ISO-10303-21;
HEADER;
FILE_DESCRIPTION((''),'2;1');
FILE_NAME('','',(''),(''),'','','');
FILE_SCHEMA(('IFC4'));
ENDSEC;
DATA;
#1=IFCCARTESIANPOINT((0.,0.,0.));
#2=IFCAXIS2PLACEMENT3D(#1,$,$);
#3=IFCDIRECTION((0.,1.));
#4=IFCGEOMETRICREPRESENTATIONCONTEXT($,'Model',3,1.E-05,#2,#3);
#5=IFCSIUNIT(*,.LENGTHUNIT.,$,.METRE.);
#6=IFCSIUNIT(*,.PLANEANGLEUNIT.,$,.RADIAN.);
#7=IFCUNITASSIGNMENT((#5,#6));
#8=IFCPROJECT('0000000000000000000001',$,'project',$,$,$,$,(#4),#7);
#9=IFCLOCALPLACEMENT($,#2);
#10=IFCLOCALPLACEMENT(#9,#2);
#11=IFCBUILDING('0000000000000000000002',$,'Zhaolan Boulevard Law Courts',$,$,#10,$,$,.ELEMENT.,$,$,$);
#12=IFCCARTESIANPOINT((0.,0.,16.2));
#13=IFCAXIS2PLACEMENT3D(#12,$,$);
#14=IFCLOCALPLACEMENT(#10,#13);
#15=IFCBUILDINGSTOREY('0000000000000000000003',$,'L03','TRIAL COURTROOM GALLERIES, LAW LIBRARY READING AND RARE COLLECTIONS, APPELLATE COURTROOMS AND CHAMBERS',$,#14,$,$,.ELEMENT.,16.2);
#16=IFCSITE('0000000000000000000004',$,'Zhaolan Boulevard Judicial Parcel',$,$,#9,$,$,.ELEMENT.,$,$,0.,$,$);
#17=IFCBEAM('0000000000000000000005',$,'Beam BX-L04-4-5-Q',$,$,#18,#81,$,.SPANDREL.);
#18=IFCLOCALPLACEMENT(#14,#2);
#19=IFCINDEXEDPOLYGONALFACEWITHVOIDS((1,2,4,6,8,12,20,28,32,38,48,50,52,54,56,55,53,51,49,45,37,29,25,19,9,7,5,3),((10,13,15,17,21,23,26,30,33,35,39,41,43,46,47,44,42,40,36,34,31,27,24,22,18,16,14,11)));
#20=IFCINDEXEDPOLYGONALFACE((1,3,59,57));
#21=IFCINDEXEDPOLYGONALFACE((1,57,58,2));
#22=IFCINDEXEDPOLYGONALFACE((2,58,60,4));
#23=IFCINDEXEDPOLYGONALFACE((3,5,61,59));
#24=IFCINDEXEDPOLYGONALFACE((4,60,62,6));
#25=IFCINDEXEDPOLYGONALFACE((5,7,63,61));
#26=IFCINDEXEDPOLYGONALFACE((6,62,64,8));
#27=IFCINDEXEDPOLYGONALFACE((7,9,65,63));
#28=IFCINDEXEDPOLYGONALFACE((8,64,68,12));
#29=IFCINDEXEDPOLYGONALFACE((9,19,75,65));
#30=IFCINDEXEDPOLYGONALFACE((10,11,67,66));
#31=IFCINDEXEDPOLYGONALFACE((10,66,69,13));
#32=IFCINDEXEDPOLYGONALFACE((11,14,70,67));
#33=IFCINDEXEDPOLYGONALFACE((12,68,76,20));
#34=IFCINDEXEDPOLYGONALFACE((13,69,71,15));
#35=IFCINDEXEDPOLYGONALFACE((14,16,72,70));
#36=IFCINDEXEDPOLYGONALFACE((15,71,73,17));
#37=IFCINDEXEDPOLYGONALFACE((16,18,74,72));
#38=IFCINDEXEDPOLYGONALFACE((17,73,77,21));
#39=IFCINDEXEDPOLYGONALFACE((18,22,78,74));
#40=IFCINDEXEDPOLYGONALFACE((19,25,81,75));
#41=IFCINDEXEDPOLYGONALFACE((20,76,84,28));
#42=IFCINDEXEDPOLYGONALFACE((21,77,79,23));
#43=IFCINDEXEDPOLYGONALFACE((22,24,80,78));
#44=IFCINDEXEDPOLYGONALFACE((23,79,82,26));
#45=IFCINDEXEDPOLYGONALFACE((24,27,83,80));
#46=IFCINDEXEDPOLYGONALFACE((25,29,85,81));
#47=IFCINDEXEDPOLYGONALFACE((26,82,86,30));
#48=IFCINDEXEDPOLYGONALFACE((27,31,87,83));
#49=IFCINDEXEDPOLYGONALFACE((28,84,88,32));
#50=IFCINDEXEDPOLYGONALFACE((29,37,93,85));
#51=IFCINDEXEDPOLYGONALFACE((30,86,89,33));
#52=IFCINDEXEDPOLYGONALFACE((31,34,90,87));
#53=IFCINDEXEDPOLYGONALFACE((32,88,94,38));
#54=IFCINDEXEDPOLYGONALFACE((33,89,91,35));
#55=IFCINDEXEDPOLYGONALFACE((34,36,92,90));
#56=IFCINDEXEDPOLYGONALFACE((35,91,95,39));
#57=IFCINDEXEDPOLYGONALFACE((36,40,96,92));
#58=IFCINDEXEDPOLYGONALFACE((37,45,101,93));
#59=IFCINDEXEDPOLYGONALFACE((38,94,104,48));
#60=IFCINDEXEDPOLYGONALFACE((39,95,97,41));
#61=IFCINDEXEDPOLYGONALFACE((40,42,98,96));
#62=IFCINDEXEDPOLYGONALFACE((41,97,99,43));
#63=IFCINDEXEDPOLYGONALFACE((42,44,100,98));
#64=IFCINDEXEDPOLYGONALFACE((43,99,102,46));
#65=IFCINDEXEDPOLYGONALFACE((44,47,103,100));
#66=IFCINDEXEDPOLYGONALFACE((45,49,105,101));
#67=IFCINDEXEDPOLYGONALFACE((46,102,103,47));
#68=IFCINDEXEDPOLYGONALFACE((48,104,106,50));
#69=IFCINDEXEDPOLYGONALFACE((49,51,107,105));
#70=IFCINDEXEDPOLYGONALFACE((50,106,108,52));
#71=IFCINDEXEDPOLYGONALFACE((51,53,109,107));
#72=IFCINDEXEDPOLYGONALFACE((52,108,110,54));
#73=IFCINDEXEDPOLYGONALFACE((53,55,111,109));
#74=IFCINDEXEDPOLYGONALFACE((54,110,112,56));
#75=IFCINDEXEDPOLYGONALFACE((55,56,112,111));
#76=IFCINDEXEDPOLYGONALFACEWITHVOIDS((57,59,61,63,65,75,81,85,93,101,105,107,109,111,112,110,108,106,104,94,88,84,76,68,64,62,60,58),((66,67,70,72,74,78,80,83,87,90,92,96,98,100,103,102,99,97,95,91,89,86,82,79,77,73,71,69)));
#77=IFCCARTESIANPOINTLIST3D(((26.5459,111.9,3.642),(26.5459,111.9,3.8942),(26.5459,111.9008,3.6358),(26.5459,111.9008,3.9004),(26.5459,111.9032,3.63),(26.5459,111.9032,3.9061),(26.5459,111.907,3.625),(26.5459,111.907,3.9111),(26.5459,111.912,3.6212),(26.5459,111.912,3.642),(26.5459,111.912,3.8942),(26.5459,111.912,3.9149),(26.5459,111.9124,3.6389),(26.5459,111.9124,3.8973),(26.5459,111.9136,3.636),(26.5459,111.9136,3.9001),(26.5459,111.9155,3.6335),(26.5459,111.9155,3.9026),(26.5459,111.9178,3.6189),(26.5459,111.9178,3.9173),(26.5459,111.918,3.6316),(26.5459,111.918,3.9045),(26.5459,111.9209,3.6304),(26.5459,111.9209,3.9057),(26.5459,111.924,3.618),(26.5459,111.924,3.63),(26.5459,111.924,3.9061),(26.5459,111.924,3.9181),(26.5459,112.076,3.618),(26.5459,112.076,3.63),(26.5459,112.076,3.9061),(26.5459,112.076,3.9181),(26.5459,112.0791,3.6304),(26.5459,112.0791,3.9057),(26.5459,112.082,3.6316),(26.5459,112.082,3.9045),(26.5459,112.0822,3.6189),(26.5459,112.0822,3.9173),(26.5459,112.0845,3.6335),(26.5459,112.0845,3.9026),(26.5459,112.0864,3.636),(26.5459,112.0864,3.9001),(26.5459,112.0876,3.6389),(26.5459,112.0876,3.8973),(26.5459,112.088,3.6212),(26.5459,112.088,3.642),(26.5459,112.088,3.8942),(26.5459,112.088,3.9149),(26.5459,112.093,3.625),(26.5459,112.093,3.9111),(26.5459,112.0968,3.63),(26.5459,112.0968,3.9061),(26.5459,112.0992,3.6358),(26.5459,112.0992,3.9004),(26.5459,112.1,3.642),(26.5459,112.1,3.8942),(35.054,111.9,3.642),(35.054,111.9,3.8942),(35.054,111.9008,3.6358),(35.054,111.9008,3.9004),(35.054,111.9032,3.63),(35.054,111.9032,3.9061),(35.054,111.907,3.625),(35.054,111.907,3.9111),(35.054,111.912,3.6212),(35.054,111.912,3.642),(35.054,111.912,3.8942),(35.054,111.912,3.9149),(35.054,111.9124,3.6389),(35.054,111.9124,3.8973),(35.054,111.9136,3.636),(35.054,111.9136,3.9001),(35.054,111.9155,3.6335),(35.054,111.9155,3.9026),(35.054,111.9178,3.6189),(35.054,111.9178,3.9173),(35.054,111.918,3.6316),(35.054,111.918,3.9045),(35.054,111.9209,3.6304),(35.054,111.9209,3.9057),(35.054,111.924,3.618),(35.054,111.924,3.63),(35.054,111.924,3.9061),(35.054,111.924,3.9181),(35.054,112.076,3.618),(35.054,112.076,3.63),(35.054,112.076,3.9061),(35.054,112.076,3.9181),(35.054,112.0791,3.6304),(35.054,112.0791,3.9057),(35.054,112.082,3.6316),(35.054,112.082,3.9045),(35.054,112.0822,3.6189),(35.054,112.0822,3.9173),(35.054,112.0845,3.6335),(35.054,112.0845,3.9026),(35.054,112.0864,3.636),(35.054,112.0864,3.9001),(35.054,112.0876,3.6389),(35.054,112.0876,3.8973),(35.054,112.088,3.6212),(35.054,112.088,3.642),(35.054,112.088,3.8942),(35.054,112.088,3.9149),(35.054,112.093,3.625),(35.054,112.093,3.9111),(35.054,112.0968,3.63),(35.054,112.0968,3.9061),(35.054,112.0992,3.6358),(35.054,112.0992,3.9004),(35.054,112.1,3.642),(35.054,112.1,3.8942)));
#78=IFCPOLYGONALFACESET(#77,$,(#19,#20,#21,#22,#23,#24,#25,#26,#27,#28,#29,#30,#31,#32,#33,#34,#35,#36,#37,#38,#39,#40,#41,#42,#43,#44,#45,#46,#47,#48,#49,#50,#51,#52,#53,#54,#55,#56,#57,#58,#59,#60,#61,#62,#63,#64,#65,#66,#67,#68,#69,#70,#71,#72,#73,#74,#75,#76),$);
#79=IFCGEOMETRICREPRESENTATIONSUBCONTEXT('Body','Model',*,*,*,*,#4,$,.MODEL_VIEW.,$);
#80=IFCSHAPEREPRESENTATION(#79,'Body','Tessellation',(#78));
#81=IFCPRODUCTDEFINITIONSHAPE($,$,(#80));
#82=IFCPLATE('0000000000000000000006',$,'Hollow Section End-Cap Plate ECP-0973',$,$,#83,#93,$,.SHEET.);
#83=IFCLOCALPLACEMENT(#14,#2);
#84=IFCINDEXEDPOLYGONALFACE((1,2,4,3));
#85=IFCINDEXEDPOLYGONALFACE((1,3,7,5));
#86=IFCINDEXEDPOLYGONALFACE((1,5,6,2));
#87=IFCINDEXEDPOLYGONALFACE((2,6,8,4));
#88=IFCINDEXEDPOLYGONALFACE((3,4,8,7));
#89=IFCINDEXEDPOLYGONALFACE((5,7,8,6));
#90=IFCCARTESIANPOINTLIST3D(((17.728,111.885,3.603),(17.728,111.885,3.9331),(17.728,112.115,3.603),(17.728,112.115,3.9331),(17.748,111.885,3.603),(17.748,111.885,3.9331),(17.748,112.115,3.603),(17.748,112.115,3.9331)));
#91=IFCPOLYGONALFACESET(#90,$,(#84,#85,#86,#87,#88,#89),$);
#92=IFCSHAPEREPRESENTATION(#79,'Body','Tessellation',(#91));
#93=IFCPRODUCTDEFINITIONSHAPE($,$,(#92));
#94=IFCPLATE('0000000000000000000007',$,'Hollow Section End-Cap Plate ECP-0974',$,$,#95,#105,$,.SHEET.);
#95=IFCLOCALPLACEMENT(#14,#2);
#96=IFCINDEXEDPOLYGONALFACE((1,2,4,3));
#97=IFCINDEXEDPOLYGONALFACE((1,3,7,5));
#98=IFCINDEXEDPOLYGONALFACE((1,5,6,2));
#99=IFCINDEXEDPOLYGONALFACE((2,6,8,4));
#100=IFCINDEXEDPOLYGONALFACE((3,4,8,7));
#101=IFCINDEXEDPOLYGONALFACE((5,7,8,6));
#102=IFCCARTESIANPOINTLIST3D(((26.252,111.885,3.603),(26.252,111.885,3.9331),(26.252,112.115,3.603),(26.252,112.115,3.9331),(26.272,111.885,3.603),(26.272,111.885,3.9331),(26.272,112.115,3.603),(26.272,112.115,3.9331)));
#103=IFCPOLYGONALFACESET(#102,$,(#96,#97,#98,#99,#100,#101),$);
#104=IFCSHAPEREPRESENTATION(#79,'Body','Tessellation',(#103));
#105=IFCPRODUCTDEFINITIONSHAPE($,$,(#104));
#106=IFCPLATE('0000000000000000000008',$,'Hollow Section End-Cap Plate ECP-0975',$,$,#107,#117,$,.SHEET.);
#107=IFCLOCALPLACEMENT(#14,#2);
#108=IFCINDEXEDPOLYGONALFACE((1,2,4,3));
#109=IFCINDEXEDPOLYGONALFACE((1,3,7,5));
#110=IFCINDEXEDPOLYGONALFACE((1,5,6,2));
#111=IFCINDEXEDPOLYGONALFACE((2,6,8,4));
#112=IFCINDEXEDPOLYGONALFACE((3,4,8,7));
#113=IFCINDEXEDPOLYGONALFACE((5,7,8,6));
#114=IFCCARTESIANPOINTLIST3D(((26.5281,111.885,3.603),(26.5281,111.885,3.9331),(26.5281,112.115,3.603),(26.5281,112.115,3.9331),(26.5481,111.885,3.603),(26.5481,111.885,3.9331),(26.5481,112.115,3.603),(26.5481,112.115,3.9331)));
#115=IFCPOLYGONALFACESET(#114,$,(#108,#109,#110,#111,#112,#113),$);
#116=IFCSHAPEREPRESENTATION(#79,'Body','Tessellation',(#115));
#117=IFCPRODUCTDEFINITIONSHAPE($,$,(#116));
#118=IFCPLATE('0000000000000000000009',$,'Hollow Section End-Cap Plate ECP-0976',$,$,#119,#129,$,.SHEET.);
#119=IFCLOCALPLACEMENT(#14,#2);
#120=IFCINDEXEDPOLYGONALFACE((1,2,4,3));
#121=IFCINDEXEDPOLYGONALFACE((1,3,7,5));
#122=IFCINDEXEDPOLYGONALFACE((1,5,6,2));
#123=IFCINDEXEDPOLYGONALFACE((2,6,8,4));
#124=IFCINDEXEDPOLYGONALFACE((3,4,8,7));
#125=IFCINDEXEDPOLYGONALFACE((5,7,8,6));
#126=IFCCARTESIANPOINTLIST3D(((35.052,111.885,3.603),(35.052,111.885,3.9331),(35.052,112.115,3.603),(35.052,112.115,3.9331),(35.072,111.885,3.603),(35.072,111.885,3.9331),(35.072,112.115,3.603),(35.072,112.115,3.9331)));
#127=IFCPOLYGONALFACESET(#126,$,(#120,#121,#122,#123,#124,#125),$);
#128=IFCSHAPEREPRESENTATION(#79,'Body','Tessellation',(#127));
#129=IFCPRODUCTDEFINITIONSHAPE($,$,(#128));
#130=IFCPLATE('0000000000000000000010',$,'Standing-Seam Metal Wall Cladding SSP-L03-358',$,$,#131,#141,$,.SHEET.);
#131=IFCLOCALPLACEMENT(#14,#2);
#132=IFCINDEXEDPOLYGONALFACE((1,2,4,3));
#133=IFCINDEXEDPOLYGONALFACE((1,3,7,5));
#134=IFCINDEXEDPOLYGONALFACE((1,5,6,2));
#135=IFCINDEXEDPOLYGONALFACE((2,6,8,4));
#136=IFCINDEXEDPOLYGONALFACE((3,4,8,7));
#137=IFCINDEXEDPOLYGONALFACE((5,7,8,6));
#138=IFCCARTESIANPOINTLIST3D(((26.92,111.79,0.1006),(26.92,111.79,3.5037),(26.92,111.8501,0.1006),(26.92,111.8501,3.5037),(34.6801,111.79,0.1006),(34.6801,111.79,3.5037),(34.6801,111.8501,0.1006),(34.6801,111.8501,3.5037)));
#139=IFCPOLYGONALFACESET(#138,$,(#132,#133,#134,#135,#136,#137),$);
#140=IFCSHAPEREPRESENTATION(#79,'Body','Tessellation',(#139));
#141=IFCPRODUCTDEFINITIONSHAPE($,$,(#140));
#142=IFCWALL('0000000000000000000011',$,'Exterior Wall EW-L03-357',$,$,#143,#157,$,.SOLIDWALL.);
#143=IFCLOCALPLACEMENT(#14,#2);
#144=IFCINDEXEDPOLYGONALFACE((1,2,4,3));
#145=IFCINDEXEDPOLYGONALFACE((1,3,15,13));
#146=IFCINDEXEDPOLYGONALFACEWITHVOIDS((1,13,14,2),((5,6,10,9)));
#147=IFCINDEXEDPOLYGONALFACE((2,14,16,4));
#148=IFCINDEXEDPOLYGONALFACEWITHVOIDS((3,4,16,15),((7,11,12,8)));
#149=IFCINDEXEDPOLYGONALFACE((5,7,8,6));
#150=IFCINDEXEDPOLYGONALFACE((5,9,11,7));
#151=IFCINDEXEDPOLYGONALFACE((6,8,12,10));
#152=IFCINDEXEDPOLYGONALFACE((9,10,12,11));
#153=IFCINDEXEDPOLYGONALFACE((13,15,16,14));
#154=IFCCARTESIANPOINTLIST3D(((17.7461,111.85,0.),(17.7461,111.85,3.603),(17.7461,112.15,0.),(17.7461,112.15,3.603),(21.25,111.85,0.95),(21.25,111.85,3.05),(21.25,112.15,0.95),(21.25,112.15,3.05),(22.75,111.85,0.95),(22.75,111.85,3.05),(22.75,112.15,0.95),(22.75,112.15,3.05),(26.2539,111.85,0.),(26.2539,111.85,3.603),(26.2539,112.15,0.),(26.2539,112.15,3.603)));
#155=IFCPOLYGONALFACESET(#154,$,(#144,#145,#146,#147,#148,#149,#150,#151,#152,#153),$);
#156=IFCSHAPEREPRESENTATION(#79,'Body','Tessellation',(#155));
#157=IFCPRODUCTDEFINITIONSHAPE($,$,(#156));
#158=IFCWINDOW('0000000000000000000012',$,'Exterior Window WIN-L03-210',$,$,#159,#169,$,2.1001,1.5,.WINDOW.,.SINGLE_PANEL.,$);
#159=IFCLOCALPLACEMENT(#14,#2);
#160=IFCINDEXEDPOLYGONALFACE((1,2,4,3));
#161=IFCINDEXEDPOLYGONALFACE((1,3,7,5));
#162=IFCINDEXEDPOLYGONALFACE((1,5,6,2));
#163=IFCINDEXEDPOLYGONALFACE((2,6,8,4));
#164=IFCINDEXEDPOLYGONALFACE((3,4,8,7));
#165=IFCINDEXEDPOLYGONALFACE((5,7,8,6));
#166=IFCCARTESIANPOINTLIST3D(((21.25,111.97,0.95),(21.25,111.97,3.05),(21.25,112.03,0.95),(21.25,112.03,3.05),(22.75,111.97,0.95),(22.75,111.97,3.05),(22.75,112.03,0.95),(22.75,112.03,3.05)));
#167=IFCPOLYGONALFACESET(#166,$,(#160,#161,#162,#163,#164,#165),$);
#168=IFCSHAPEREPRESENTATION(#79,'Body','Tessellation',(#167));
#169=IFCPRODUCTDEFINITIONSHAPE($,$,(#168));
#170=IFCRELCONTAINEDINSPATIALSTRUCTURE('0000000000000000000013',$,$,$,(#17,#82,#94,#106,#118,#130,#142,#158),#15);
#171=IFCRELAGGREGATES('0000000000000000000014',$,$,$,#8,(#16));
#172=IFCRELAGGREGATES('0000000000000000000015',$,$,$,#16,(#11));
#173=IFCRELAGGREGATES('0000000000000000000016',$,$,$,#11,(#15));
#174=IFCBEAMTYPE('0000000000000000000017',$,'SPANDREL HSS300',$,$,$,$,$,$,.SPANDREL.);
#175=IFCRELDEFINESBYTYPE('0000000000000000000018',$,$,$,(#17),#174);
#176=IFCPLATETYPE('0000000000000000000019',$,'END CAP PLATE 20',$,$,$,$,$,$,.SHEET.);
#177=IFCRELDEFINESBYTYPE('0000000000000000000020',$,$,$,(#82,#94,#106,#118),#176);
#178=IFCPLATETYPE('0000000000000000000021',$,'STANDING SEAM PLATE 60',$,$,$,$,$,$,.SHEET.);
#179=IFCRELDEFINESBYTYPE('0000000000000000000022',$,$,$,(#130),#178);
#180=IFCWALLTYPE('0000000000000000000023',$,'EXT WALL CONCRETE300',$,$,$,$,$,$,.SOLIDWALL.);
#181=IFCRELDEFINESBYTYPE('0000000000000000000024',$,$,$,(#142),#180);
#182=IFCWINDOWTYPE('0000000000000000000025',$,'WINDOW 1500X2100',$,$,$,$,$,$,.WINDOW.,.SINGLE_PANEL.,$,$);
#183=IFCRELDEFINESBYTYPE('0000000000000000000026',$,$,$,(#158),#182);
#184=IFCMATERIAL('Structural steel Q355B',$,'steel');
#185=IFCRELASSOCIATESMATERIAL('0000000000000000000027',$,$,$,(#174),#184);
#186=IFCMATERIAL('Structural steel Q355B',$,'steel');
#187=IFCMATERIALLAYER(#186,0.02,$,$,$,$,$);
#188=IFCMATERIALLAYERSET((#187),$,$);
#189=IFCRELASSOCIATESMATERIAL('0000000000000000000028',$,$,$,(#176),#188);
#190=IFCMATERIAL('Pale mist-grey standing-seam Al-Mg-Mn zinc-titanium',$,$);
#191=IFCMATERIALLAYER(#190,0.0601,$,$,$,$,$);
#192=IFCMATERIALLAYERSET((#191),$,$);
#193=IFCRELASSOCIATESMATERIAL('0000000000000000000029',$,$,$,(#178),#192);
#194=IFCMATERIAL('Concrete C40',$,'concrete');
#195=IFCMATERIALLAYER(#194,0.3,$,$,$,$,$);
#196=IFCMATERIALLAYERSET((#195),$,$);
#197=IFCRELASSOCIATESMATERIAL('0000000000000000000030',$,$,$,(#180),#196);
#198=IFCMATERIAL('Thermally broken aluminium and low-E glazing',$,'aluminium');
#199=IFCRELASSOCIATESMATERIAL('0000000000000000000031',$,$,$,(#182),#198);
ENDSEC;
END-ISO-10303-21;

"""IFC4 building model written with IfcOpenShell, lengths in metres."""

from ifc_helpers import new_model, si_unit, direction, frame, frame_2d, origin, origin_2d, place, context, subcontext, project, spatial, rectangle, hollow_rectangle, extrude, material, layer, layer_set, material_profile, profile_set, type_object, element, fill, save


model = new_model("IFC4")

# Units and contexts
model_context = context("Model", 3, precision=1e-05, world=origin(), true_north=direction((0.0, 1.0)))
body_context = subcontext(model_context, "Body", "Model", "MODEL_VIEW")
ifc_project = project(units=[si_unit("LENGTHUNIT", "METRE"), si_unit("PLANEANGLEUNIT", "RADIAN")], contexts=[model_context])

# Site, building, storey
site_placement = place(None, origin())
site = spatial("IfcSite", under=ifc_project, at=site_placement, Name="Zhaolan Boulevard Judicial Parcel", CompositionType="ELEMENT", RefElevation=0.0)
building_placement = place(site_placement, origin())
building = spatial("IfcBuilding", under=site, at=building_placement, Name="Zhaolan Boulevard Law Courts", CompositionType="ELEMENT")
storey_placement = place(building_placement, frame((0.0, 0.0, 16.2)))
storey = spatial("IfcBuildingStorey", under=building, at=storey_placement, Name="L03", Description="TRIAL COURTROOM GALLERIES, LAW LIBRARY READING AND RARE COLLECTIONS, APPELLATE COURTROOMS AND CHAMBERS", CompositionType="ELEMENT", Elevation=16.2)

# Beam
ifc_material_1 = material(Name="Structural steel Q355B", Category="steel")
ifc_material_profile_1 = material_profile(ifc_material_1, hollow_rectangle(XDim=0.2, YDim=0.3, WallThickness=0.012, InnerFilletRadius=0.012, OuterFilletRadius=0.0239, at=origin_2d()), Name="HSS300x200x12")
ifc_profile_set_1 = profile_set([ifc_material_profile_1], Name="Structural steel Q355B")
beam_type_1 = type_object("IfcBeamType", Name="SPANDREL HSS300", PredefinedType="SPANDREL", material=ifc_profile_set_1)
beam_1_placement = place(storey_placement, frame((26.5459, 112.0, 3.7681), z_axis=(1.0, 0.0, 0.0), x_axis=(0.0, 1.0, 0.0)))
element("IfcBeam", 1, at=beam_1_placement, inside=storey, type_object=beam_type_1, Name="Beam BX-L04-4-5-Q", PredefinedType="SPANDREL", context=body_context, shape_type="SweptSolid", body=[
    extrude(hollow_rectangle(XDim=0.2, YDim=0.3, WallThickness=0.012, InnerFilletRadius=0.012, OuterFilletRadius=0.0239, at=origin_2d()), origin(), (0.0, 0.0, 1.0), 8.5081),
])

# Plates
ifc_material_2 = material(Name="Structural steel Q355B", Category="steel")
ifc_layer_1 = layer(ifc_material_2, 0.02)
ifc_layer_set_1 = layer_set([ifc_layer_1])
plate_type_1 = type_object("IfcPlateType", Name="END CAP PLATE 20", PredefinedType="SHEET", material=ifc_layer_set_1)
for number, where, z_axis, x_axis, name in (
    (2, (17.738, 112.0, 3.603), (0.0, 0.0, 1.0), (1.0, 0.0, 0.0), "Hollow Section End-Cap Plate ECP-0973"),
    (3, (26.262, 112.0, 3.603), (0.0, 0.0, 1.0), (1.0, 0.0, 0.0), "Hollow Section End-Cap Plate ECP-0974"),
    (4, (26.5381, 112.0, 3.603), (0.0, 0.0, 1.0), (1.0, 0.0, 0.0), "Hollow Section End-Cap Plate ECP-0975"),
    (5, (35.062, 112.0, 3.603), (0.0, 0.0, 1.0), (1.0, 0.0, 0.0), "Hollow Section End-Cap Plate ECP-0976"),
):
    element("IfcPlate", number, at=place(storey_placement, frame(where, z_axis=z_axis, x_axis=x_axis)), inside=storey, type_object=plate_type_1, Name=name, PredefinedType="SHEET", context=body_context, shape_type="SweptSolid", body=[
        extrude(rectangle(XDim=0.02, YDim=0.23, at=origin_2d()), origin(), (0.0, 0.0, 1.0), 0.3301),
    ])
ifc_material_3 = material(Name="Pale mist-grey standing-seam Al-Mg-Mn zinc-titanium")
ifc_layer_2 = layer(ifc_material_3, 0.0601)
ifc_layer_set_2 = layer_set([ifc_layer_2])
plate_type_2 = type_object("IfcPlateType", Name="STANDING SEAM PLATE 60", PredefinedType="SHEET", material=ifc_layer_set_2)
plate_placement = place(storey_placement, frame((30.8, 111.8201, 0.1006), z_axis=(0.0, 0.0, 1.0), x_axis=(-1.0, 0.0, 0.0)))
element("IfcPlate", 6, at=plate_placement, inside=storey, type_object=plate_type_2, Name="Standing-Seam Metal Wall Cladding SSP-L03-358", PredefinedType="SHEET", context=body_context, shape_type="SweptSolid", body=[
    extrude(rectangle(XDim=7.76, YDim=0.0601, at=origin_2d()), origin(), (0.0, 0.0, 1.0), 3.4031),
])

# Wall, opening, window
ifc_material_4 = material(Name="Concrete C40", Category="concrete")
ifc_layer_3 = layer(ifc_material_4, 0.3)
ifc_layer_set_3 = layer_set([ifc_layer_3])
wall_type_1 = type_object("IfcWallType", Name="EXT WALL CONCRETE300", PredefinedType="SOLIDWALL", material=ifc_layer_set_3)
wall_1_placement = place(storey_placement, frame((26.2539, 112.0, 0.0), z_axis=(0.0, 0.0, 1.0), x_axis=(-1.0, 0.0, 0.0)))
wall_1 = element("IfcWall", 7, at=wall_1_placement, inside=storey, type_object=wall_type_1, Name="Exterior Wall EW-L03-357", PredefinedType="SOLIDWALL", context=body_context, shape_type="SweptSolid", body=[
    extrude(rectangle(XDim=8.5078, YDim=0.3, at=frame_2d((4.2539, 0.0))), origin(), (0.0, 0.0, 1.0), 3.603),
])
opening_1_placement = place(wall_1_placement, frame((3.5039, 0.0, 0.95)))
opening_1 = element("IfcOpeningElement", 8, at=opening_1_placement, cuts=wall_1, PredefinedType="OPENING", context=body_context, shape_type="SweptSolid", body=[
    extrude(rectangle(XDim=1.5, YDim=2.1001, at=frame_2d((0.75, 1.05))), frame((0.0, 0.1599, 0.0), z_axis=(0.0, -1.0, 0.0), x_axis=(1.0, 0.0, 0.0)), (0.0, 0.0, 1.0), 0.3201),
])
ifc_material_5 = material(Name="Thermally broken aluminium and low-E glazing", Category="aluminium")
window_type_1 = type_object("IfcWindowType", Name="WINDOW 1500X2100", PartitioningType="SINGLE_PANEL", PredefinedType="WINDOW", material=ifc_material_5)
window_1_placement = place(opening_1_placement, origin())
window_1 = element("IfcWindow", 9, at=window_1_placement, inside=storey, type_object=window_type_1, Name="Exterior Window WIN-L03-210", OverallHeight=2.1001, OverallWidth=1.5, PartitioningType="SINGLE_PANEL", PredefinedType="WINDOW", context=body_context, shape_type="SweptSolid", body=[
    extrude(rectangle(XDim=1.5, YDim=2.1001, at=frame_2d((0.75, 1.05))), frame((0.0, 0.03, 0.0), z_axis=(0.0, -1.0, 0.0), x_axis=(1.0, 0.0, 0.0)), (0.0, 0.0, 1.0), 0.0601),
])
fill(opening_1, window_1)

save(model, "model.ifc")
